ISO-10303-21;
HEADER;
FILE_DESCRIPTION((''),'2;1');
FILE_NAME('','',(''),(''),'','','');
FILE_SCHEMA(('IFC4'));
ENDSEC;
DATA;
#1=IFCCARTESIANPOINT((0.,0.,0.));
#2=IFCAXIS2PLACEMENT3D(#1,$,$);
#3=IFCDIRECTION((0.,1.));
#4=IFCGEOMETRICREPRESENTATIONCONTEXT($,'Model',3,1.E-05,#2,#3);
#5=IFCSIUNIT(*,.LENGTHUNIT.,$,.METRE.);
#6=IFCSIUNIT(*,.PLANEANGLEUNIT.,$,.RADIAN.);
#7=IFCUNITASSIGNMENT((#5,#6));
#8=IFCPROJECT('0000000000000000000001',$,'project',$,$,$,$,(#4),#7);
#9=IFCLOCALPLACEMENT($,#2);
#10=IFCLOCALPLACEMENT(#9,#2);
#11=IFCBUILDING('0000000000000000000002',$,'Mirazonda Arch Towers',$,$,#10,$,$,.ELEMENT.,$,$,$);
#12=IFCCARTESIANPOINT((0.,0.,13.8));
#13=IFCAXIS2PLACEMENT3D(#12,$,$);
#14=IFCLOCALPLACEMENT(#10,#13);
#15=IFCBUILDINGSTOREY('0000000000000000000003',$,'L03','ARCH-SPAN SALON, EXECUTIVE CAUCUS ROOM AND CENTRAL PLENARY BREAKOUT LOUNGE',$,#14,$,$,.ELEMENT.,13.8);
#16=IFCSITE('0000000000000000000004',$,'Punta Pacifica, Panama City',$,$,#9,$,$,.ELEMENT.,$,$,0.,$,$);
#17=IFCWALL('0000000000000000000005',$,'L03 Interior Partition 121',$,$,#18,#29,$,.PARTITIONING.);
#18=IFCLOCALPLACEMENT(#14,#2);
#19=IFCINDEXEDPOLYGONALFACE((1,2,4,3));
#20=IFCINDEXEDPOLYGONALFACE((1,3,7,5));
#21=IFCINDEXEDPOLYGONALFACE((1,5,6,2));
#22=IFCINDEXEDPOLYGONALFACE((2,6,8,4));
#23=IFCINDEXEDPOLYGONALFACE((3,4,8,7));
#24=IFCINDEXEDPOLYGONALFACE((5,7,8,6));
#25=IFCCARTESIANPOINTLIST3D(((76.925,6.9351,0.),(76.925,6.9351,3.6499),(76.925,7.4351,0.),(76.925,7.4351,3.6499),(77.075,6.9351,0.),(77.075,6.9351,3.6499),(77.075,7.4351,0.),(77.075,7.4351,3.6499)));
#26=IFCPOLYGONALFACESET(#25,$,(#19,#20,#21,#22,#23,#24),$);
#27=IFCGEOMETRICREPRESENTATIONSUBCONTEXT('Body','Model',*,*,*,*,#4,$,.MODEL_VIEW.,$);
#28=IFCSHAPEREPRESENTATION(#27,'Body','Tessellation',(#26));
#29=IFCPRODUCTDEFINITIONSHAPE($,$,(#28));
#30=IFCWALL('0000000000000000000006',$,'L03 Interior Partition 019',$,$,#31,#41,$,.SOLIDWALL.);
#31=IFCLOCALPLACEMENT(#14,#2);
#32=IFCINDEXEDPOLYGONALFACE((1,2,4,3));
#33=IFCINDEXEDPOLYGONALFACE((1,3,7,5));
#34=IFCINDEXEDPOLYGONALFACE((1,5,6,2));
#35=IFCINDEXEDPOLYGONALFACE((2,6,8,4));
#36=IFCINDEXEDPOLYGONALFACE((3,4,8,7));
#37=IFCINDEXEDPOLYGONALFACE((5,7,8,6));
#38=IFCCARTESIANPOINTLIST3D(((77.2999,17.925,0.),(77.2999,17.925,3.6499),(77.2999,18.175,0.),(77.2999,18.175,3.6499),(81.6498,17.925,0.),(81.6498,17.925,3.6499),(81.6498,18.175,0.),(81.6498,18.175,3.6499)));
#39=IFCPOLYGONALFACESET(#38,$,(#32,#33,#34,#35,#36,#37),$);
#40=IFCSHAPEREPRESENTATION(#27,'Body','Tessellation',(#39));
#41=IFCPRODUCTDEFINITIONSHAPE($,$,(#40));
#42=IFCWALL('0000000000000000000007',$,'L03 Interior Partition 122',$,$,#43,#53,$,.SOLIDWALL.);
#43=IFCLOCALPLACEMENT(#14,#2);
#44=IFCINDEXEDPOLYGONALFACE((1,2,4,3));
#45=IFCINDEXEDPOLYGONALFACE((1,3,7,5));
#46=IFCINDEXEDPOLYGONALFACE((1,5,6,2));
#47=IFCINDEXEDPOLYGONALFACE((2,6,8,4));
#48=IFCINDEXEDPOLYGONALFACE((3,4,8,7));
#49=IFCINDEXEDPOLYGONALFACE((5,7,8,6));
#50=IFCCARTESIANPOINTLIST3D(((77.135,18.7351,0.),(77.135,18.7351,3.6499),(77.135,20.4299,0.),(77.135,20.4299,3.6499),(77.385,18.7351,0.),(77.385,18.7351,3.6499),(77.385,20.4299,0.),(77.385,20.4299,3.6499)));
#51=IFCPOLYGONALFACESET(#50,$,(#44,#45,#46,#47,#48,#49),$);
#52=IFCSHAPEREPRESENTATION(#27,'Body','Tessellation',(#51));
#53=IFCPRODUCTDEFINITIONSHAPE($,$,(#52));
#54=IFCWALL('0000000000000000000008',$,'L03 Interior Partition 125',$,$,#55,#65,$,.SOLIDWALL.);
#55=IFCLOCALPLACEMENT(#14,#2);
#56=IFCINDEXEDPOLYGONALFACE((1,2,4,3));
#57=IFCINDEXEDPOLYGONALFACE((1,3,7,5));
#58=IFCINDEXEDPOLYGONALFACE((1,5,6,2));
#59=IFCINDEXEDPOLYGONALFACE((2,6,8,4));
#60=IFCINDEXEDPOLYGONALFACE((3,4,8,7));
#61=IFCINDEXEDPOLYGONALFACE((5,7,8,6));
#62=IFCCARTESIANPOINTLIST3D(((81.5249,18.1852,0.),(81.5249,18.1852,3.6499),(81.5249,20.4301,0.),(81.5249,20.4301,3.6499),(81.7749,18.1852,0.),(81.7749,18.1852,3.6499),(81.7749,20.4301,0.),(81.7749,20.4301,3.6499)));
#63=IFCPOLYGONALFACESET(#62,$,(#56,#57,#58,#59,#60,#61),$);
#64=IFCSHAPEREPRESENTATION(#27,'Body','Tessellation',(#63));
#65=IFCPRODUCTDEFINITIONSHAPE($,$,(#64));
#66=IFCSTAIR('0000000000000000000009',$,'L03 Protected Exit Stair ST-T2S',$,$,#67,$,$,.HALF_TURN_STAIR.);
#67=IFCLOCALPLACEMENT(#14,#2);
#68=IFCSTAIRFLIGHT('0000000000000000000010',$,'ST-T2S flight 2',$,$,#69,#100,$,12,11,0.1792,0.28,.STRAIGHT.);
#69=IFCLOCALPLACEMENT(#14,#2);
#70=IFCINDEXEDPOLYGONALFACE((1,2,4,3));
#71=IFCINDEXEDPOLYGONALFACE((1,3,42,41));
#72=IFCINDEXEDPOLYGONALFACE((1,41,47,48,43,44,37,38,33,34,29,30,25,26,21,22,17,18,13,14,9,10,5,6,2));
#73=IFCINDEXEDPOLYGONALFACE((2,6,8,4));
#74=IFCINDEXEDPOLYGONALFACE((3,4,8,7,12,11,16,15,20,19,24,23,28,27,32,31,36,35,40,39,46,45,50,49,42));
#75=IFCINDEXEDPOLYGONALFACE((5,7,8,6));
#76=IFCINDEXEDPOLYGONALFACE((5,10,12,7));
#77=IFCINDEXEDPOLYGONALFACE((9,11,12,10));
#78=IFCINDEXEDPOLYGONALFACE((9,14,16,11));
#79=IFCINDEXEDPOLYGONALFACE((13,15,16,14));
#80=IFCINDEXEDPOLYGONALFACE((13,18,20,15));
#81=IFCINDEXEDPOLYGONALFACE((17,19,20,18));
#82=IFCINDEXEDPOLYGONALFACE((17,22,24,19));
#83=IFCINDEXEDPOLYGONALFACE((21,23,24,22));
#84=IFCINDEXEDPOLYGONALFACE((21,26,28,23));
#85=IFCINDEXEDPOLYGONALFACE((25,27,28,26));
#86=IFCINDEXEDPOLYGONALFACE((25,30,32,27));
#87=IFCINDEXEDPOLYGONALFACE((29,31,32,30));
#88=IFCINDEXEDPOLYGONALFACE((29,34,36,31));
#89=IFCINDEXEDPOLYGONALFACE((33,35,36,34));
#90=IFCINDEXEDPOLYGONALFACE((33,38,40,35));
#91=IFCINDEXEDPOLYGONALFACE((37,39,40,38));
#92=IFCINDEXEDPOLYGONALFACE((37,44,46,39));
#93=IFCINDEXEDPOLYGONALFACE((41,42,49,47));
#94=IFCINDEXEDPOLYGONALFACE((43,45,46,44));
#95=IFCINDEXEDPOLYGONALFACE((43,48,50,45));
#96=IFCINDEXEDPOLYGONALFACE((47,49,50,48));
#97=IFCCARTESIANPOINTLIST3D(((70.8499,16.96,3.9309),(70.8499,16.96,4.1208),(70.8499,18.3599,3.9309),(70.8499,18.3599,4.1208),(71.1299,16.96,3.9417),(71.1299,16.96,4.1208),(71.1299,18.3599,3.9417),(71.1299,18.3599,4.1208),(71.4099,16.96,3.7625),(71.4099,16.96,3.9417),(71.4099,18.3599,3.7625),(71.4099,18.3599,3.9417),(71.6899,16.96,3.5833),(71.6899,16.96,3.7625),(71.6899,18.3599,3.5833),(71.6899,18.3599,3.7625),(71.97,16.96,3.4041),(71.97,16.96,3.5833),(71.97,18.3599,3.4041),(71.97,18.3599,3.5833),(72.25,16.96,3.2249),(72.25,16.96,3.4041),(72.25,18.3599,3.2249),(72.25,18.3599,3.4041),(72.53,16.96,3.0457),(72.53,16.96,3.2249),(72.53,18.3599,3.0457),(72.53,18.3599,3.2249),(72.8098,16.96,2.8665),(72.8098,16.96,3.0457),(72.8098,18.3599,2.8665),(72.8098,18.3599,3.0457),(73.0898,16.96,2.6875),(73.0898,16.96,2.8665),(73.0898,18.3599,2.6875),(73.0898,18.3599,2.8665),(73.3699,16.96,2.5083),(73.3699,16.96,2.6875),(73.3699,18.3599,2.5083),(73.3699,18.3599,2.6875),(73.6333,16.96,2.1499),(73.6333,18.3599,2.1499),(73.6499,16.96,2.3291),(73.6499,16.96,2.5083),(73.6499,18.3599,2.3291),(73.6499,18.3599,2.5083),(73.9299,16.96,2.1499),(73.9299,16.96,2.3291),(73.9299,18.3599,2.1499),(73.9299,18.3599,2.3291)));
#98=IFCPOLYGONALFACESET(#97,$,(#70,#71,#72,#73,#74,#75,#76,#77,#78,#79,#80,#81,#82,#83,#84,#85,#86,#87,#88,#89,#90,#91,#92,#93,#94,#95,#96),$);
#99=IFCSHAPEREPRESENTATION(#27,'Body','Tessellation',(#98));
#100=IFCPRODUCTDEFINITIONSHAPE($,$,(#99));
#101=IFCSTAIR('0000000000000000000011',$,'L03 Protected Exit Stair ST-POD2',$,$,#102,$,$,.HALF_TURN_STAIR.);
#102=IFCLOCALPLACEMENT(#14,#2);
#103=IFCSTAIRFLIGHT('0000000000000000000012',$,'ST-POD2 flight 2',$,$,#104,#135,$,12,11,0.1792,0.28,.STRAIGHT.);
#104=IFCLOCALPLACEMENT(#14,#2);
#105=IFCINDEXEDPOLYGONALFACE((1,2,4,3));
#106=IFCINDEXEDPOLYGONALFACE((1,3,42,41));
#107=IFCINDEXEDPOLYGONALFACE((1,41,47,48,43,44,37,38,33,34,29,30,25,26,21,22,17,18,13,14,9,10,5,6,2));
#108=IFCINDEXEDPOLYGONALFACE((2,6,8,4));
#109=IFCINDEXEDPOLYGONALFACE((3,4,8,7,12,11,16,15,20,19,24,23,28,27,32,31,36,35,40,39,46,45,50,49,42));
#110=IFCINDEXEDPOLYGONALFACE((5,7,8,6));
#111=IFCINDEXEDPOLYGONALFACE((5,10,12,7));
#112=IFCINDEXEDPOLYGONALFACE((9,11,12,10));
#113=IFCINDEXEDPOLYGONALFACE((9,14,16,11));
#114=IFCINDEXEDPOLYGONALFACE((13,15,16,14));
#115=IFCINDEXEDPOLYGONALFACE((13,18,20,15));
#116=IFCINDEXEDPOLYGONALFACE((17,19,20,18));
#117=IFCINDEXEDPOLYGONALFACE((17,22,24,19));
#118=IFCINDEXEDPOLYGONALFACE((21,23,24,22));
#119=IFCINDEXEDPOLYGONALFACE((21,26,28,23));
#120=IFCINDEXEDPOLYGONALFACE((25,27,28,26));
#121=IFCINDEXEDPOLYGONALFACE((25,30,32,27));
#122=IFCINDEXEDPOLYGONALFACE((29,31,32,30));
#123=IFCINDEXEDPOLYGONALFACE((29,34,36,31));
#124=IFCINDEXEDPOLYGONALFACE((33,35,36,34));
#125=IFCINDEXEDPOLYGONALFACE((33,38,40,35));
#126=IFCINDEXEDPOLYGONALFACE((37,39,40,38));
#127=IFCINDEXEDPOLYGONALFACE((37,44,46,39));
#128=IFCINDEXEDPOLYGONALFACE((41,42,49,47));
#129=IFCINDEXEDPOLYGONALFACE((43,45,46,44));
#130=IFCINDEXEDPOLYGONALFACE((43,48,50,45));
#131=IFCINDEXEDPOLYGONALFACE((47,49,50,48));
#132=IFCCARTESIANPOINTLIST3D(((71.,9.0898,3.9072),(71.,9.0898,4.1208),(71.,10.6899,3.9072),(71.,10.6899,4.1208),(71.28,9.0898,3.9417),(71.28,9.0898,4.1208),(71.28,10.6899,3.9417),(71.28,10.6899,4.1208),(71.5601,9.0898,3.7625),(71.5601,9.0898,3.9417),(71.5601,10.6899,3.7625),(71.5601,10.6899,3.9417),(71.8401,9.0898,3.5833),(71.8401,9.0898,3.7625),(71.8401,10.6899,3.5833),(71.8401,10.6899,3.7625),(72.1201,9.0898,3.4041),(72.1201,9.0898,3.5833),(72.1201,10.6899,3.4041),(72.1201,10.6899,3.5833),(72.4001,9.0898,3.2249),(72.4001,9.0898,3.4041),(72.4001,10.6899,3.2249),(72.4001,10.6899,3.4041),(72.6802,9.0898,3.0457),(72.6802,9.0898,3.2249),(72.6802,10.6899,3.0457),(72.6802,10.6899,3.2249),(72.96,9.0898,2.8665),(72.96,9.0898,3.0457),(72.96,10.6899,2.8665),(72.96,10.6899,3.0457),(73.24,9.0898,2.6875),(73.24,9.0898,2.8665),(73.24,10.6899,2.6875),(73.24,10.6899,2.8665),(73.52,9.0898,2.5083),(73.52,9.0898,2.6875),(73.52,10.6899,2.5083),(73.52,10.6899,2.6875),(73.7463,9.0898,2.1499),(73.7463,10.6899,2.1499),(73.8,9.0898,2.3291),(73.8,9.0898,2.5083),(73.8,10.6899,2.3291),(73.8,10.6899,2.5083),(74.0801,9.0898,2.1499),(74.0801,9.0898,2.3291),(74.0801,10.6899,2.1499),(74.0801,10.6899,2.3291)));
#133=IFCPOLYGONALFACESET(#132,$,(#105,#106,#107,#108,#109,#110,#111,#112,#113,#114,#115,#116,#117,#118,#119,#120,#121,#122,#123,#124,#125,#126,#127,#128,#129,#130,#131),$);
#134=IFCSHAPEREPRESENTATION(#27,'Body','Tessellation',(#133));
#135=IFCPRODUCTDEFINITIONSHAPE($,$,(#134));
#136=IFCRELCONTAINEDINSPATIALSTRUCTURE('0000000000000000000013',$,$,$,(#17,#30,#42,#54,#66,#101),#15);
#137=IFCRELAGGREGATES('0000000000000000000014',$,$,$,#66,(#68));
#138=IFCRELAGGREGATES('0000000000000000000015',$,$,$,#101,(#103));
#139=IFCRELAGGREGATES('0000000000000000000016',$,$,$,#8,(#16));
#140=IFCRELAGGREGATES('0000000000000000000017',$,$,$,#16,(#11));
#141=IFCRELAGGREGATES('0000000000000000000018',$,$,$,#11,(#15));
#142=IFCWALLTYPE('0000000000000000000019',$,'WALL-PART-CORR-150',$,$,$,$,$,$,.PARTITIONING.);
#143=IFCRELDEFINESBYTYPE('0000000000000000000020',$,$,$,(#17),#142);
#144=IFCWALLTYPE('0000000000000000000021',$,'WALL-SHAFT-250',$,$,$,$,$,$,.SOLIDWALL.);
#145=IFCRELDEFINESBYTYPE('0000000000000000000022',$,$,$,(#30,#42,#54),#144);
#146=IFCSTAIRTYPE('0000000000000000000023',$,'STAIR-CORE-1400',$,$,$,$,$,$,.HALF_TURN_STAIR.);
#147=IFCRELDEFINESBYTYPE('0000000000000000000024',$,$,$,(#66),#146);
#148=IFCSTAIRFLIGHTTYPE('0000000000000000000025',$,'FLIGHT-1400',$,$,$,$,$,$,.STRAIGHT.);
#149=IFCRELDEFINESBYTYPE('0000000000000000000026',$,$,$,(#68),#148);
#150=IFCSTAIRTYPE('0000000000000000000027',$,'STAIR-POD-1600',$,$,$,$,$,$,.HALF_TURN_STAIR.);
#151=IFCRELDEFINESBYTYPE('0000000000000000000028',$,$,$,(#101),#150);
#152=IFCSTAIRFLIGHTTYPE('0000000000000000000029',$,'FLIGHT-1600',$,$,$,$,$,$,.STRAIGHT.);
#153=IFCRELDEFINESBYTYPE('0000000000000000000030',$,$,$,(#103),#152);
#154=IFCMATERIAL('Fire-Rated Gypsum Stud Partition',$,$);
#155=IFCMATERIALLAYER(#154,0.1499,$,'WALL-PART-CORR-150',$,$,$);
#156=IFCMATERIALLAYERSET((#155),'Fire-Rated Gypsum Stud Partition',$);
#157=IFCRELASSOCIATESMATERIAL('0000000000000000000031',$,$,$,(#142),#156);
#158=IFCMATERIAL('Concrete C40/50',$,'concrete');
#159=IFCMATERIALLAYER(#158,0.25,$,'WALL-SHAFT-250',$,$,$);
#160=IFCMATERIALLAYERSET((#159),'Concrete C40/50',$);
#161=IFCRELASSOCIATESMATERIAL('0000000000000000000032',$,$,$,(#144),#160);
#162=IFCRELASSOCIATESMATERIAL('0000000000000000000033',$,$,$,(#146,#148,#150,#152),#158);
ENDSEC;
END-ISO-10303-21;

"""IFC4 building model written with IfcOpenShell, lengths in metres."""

from ifc_helpers import new_model, si_unit, direction, frame, frame_2d, origin, place, context, subcontext, project, spatial, polyline, rectangle, outline, extrude, material, layer, layer_set, type_object, element, aggregate, save


model = new_model("IFC4")

# Units and contexts
model_context = context("Model", 3, precision=1e-05, world=origin(), true_north=direction((0.0, 1.0)))
body_context = subcontext(model_context, "Body", "Model", "MODEL_VIEW")
ifc_project = project(units=[si_unit("LENGTHUNIT", "METRE"), si_unit("PLANEANGLEUNIT", "RADIAN")], contexts=[model_context])

# Site, building, storey
site_placement = place(None, origin())
site = spatial("IfcSite", under=ifc_project, at=site_placement, Name="Punta Pacifica, Panama City", CompositionType="ELEMENT", RefElevation=0.0)
building_placement = place(site_placement, origin())
building = spatial("IfcBuilding", under=site, at=building_placement, Name="Mirazonda Arch Towers", CompositionType="ELEMENT")
storey_placement = place(building_placement, frame((0.0, 0.0, 13.8)))
storey = spatial("IfcBuildingStorey", under=building, at=storey_placement, Name="L03", Description="ARCH-SPAN SALON, EXECUTIVE CAUCUS ROOM AND CENTRAL PLENARY BREAKOUT LOUNGE", CompositionType="ELEMENT", Elevation=13.8)

# Walls
ifc_material_1 = material(Name="Fire-Rated Gypsum Stud Partition")
ifc_layer_1 = layer(ifc_material_1, 0.1499, Name="WALL-PART-CORR-150")
ifc_layer_set_1 = layer_set([ifc_layer_1], Name="Fire-Rated Gypsum Stud Partition")
wall_type_1 = type_object("IfcWallType", Name="WALL-PART-CORR-150", PredefinedType="PARTITIONING", material=ifc_layer_set_1)
wall_1_placement = place(storey_placement, frame((77.0, 6.9351, 0.0), z_axis=(0.0, 0.0, 1.0), x_axis=(0.0, 1.0, 0.0)))
element("IfcWall", 1, at=wall_1_placement, inside=storey, type_object=wall_type_1, Name="L03 Interior Partition 121", PredefinedType="PARTITIONING", context=body_context, shape_type="SweptSolid", body=[
    extrude(rectangle(XDim=0.5, YDim=0.1499, at=frame_2d((0.25, 0.0))), origin(), (0.0, 0.0, 1.0), 3.6499),
])
ifc_material_2 = material(Name="Concrete C40/50", Category="concrete")
ifc_layer_2 = layer(ifc_material_2, 0.25, Name="WALL-SHAFT-250")
ifc_layer_set_2 = layer_set([ifc_layer_2], Name="Concrete C40/50")
wall_type_2 = type_object("IfcWallType", Name="WALL-SHAFT-250", PredefinedType="SOLIDWALL", material=ifc_layer_set_2)
wall_2_placement = place(storey_placement, frame((77.3, 18.05, 0.0), z_axis=(0.0, 0.0, 1.0), x_axis=(1.0, 0.0, 0.0)))
element("IfcWall", 2, at=wall_2_placement, inside=storey, type_object=wall_type_2, Name="L03 Interior Partition 019", PredefinedType="SOLIDWALL", context=body_context, shape_type="SweptSolid", body=[
    extrude(rectangle(XDim=4.3499, YDim=0.25, at=frame_2d((2.1748, 0.0))), origin(), (0.0, 0.0, 1.0), 3.6499),
])
wall_3_placement = place(storey_placement, frame((77.26, 18.7351, 0.0), z_axis=(0.0, 0.0, 1.0), x_axis=(0.0, 1.0, 0.0)))
element("IfcWall", 3, at=wall_3_placement, inside=storey, type_object=wall_type_2, Name="L03 Interior Partition 122", PredefinedType="SOLIDWALL", context=body_context, shape_type="SweptSolid", body=[
    extrude(rectangle(XDim=1.6948, YDim=0.25, at=frame_2d((0.8474, 0.0))), origin(), (0.0, 0.0, 1.0), 3.6499),
])
wall_4_placement = place(storey_placement, frame((81.6499, 18.1851, 0.0), z_axis=(0.0, 0.0, 1.0), x_axis=(0.0, 1.0, 0.0)))
element("IfcWall", 4, at=wall_4_placement, inside=storey, type_object=wall_type_2, Name="L03 Interior Partition 125", PredefinedType="SOLIDWALL", context=body_context, shape_type="SweptSolid", body=[
    extrude(rectangle(XDim=2.2449, YDim=0.25, at=frame_2d((1.1226, 0.0))), origin(), (0.0, 0.0, 1.0), 3.6499),
])

# Stairs, stair flights
stair_type_1 = type_object("IfcStairType", Name="STAIR-CORE-1400", PredefinedType="HALF_TURN_STAIR", material=ifc_material_2)
stair_1_placement = place(storey_placement, origin())
stair_1 = element("IfcStair", 5, at=stair_1_placement, inside=storey, type_object=stair_type_1, Name="L03 Protected Exit Stair ST-T2S", PredefinedType="HALF_TURN_STAIR")
stair_flight_type_1 = type_object("IfcStairFlightType", Name="FLIGHT-1400", PredefinedType="STRAIGHT", material=ifc_material_2)
stair_flight_1_placement = place(storey_placement, frame((73.9299, 17.6599, 2.1499), z_axis=(0.0, 0.0, 1.0), x_axis=(-1.0, 0.0, 0.0)))
stair_flight_1 = element("IfcStairFlight", 6, at=stair_flight_1_placement, type_object=stair_flight_type_1, Name="ST-T2S flight 2", NumberOfRisers=12, NumberOfTreads=11, PredefinedType="STRAIGHT", RiserHeight=0.1792, TreadLength=0.28, context=body_context, shape_type="SweptSolid", body=[
    extrude(outline(polyline([(0.0, 0.0), (0.0, 0.1792), (0.28, 0.1792), (0.28, 0.3584), (0.5601, 0.3584), (0.5601, 0.5376), (0.8401, 0.5376), (0.8401, 0.7166), (1.1201, 0.7166), (1.1201, 0.8958), (1.3999, 0.8958), (1.3999, 1.075), (1.6799, 1.075), (1.6799, 1.2542), (1.96, 1.2542), (1.96, 1.4333), (2.24, 1.4333), (2.24, 1.6125), (2.52, 1.6125), (2.52, 1.7917), (2.8, 1.7917), (2.8, 1.9709), (3.0801, 1.9709), (3.0801, 2.1499), (3.0801, 1.781), (0.2966, 0.0), (0.0, 0.0)])), frame((0.0, 0.7, 0.0), z_axis=(0.0, -1.0, 0.0), x_axis=(1.0, 0.0, 0.0)), (0.0, 0.0, 1.0), 1.3999),
])
aggregate(stair_1, [stair_flight_1])
stair_type_2 = type_object("IfcStairType", Name="STAIR-POD-1600", PredefinedType="HALF_TURN_STAIR", material=ifc_material_2)
stair_2_placement = place(storey_placement, origin())
stair_2 = element("IfcStair", 7, at=stair_2_placement, inside=storey, type_object=stair_type_2, Name="L03 Protected Exit Stair ST-POD2", PredefinedType="HALF_TURN_STAIR")
stair_flight_type_2 = type_object("IfcStairFlightType", Name="FLIGHT-1600", PredefinedType="STRAIGHT", material=ifc_material_2)
stair_flight_2_placement = place(storey_placement, frame((74.0801, 9.8899, 2.1499), z_axis=(0.0, 0.0, 1.0), x_axis=(-1.0, 0.0, 0.0)))
stair_flight_2 = element("IfcStairFlight", 8, at=stair_flight_2_placement, type_object=stair_flight_type_2, Name="ST-POD2 flight 2", NumberOfRisers=12, NumberOfTreads=11, PredefinedType="STRAIGHT", RiserHeight=0.1792, TreadLength=0.28, context=body_context, shape_type="SweptSolid", body=[
    extrude(outline(polyline([(0.0, 0.0), (0.0, 0.1792), (0.28, 0.1792), (0.28, 0.3584), (0.5601, 0.3584), (0.5601, 0.5376), (0.8401, 0.5376), (0.8401, 0.7166), (1.1201, 0.7166), (1.1201, 0.8958), (1.3999, 0.8958), (1.3999, 1.075), (1.6799, 1.075), (1.6799, 1.2542), (1.96, 1.2542), (1.96, 1.4333), (2.24, 1.4333), (2.24, 1.6125), (2.52, 1.6125), (2.52, 1.7917), (2.8, 1.7917), (2.8, 1.9709), (3.0801, 1.9709), (3.0801, 2.1499), (3.0801, 1.7573), (0.3337, 0.0), (0.0, 0.0)])), frame((0.0, 0.8, 0.0), z_axis=(0.0, -1.0, 0.0), x_axis=(1.0, 0.0, 0.0)), (0.0, 0.0, 1.0), 1.6001),
])
aggregate(stair_2, [stair_flight_2])

save(model, "model.ifc")
